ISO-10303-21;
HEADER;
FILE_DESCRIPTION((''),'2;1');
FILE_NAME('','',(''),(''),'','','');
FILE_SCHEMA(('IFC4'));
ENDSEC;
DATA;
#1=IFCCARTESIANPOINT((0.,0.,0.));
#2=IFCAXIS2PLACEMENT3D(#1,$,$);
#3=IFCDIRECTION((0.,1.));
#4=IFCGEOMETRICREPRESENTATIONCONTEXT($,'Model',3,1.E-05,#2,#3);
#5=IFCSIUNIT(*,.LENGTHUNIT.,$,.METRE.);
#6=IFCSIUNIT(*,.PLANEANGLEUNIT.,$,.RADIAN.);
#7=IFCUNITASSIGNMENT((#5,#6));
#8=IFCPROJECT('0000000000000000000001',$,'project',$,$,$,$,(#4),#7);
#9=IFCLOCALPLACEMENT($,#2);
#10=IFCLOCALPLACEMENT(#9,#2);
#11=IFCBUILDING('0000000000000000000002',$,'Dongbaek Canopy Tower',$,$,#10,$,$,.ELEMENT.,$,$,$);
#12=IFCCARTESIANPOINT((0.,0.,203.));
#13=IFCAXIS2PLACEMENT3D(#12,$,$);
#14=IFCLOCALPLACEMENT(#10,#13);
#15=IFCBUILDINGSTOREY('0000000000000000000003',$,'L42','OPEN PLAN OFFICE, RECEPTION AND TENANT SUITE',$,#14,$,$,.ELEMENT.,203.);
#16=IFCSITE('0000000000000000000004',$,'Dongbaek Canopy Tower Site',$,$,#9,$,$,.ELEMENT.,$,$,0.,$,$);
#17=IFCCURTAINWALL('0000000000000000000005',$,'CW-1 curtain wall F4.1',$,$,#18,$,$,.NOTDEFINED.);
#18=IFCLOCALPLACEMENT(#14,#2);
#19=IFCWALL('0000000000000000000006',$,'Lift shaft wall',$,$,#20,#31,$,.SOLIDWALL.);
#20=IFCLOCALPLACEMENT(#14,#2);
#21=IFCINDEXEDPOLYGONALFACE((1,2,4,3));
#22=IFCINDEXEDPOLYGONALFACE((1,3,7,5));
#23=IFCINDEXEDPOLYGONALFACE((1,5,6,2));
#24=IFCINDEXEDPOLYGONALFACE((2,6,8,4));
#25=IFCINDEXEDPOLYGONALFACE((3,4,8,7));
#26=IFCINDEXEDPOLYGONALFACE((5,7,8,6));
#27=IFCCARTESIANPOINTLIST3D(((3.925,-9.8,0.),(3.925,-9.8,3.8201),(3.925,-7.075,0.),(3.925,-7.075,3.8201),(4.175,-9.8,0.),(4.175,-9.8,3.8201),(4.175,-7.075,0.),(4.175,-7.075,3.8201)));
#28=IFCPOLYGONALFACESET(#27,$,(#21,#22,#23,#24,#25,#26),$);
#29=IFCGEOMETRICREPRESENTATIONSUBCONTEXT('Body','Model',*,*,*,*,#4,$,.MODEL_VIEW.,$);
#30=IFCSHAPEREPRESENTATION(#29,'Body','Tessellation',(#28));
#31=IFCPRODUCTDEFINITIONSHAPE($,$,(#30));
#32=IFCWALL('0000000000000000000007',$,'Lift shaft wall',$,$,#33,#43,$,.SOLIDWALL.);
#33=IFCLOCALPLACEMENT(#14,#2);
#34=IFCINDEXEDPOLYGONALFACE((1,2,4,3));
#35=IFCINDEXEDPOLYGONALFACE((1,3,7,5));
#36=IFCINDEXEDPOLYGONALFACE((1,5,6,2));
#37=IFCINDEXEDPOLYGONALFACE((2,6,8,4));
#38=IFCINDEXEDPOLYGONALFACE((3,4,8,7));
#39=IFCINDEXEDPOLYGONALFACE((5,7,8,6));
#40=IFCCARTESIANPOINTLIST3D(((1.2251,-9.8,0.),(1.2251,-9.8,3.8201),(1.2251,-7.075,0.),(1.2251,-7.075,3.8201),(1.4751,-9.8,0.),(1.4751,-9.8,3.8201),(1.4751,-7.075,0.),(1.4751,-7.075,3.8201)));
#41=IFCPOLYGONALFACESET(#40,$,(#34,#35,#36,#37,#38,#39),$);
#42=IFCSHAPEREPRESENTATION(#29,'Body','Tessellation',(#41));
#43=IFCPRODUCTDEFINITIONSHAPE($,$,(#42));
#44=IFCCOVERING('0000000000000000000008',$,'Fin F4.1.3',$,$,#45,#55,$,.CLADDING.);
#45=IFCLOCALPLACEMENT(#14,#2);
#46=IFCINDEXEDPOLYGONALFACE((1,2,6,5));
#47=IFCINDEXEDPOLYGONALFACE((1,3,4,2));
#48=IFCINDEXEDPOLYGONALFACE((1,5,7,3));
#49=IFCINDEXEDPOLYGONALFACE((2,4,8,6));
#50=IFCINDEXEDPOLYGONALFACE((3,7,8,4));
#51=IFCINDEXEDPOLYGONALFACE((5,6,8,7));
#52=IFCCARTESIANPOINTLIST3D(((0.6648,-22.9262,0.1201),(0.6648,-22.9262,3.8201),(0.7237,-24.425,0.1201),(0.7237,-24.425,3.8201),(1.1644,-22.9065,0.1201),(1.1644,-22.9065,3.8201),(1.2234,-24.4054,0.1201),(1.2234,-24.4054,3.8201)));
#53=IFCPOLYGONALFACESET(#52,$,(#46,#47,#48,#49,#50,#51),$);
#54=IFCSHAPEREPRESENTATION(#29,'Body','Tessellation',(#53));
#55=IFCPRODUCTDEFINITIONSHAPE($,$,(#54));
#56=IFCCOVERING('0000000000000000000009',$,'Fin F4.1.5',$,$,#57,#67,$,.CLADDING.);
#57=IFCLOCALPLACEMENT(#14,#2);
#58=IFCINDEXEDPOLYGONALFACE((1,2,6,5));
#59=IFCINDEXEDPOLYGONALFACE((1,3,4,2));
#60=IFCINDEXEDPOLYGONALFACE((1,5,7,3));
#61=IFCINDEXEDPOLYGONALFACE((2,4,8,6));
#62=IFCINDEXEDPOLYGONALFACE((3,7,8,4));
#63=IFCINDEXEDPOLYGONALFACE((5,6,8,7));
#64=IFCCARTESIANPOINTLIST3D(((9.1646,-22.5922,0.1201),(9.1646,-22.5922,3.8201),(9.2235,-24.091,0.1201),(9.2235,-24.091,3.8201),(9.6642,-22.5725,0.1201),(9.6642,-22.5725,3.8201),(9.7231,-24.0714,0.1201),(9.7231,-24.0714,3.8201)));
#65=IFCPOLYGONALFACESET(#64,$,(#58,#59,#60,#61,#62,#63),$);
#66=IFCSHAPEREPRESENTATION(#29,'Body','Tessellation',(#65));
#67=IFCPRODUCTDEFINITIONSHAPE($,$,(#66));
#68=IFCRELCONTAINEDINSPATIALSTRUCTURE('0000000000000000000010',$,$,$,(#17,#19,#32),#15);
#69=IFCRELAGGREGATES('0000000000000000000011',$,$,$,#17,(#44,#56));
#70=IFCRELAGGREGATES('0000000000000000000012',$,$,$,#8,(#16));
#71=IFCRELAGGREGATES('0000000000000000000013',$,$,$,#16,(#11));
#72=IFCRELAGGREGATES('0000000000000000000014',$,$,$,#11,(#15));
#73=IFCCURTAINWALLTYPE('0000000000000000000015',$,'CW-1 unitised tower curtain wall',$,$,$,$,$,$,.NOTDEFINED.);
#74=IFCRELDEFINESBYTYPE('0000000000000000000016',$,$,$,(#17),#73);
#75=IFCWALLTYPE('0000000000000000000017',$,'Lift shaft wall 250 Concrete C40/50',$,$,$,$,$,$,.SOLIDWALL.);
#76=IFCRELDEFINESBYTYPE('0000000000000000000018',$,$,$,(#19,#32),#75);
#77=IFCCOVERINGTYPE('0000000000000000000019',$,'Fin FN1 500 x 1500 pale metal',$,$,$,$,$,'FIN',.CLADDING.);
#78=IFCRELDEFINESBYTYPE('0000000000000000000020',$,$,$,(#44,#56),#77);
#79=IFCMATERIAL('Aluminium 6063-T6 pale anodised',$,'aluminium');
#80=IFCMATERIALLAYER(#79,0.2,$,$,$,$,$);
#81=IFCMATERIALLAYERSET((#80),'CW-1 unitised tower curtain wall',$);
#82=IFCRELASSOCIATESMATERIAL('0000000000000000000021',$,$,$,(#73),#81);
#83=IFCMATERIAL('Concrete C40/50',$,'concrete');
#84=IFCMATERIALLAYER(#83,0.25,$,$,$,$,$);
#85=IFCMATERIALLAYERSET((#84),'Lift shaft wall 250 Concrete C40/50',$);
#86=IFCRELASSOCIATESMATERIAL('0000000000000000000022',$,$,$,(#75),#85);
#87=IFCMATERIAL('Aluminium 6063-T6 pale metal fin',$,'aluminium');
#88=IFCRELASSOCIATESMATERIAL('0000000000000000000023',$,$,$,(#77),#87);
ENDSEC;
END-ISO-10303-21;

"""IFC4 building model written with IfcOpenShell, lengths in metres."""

from ifc_helpers import new_model, si_unit, direction, frame, frame_2d, origin, origin_2d, place, context, subcontext, project, spatial, rectangle, extrude, material, layer, layer_set, material_profile, profile_set, type_object, element, aggregate, save


model = new_model("IFC4")

# Units and contexts
model_context = context("Model", 3, precision=1e-05, world=origin(), true_north=direction((0.0, 1.0)))
body_context = subcontext(model_context, "Body", "Model", "MODEL_VIEW")
ifc_project = project(units=[si_unit("LENGTHUNIT", "METRE"), si_unit("PLANEANGLEUNIT", "RADIAN")], contexts=[model_context])

# Site, building, storey
site_placement = place(None, origin())
site = spatial("IfcSite", under=ifc_project, at=site_placement, Name="Dongbaek Canopy Tower Site", CompositionType="ELEMENT", RefElevation=0.0)
building_placement = place(site_placement, origin())
building = spatial("IfcBuilding", under=site, at=building_placement, Name="Dongbaek Canopy Tower", CompositionType="ELEMENT")
storey_placement = place(building_placement, frame((0.0, 0.0, 203.0)))
storey = spatial("IfcBuildingStorey", under=building, at=storey_placement, Name="L42", Description="OPEN PLAN OFFICE, RECEPTION AND TENANT SUITE", CompositionType="ELEMENT", Elevation=203.0)

# Curtain wall
ifc_material_1 = material(Name="Aluminium 6063-T6 pale anodised", Category="aluminium")
ifc_layer_1 = layer(ifc_material_1, 0.2)
ifc_layer_set_1 = layer_set([ifc_layer_1], Name="CW-1 unitised tower curtain wall")
curtain_wall_type = type_object("IfcCurtainWallType", Name="CW-1 unitised tower curtain wall", PredefinedType="NOTDEFINED", material=ifc_layer_set_1)
curtain_wall_1_placement = place(storey_placement, origin())
curtain_wall_1 = element("IfcCurtainWall", 1, at=curtain_wall_1_placement, inside=storey, type_object=curtain_wall_type, Name="CW-1 curtain wall F4.1", PredefinedType="NOTDEFINED")

# Walls
ifc_material_2 = material(Name="Concrete C40/50", Category="concrete")
ifc_layer_2 = layer(ifc_material_2, 0.25)
ifc_layer_set_2 = layer_set([ifc_layer_2], Name="Lift shaft wall 250 Concrete C40/50")
wall_type_1 = type_object("IfcWallType", Name="Lift shaft wall 250 Concrete C40/50", PredefinedType="SOLIDWALL", material=ifc_layer_set_2)
for number, where, z_axis, x_axis, name in (
    (2, (4.05, -9.8, 0.0), (0.0, 0.0, 1.0), (0.0, 1.0, 0.0), "Lift shaft wall"),
    (3, (1.3501, -9.8, 0.0), (0.0, 0.0, 1.0), (0.0, 1.0, 0.0), "Lift shaft wall"),
):
    element("IfcWall", number, at=place(storey_placement, frame(where, z_axis=z_axis, x_axis=x_axis)), inside=storey, type_object=wall_type_1, Name=name, PredefinedType="SOLIDWALL", context=body_context, shape_type="SweptSolid", body=[
        extrude(rectangle(XDim=2.7251, YDim=0.25, at=frame_2d((1.3625, 0.0))), origin(), (0.0, 0.0, 1.0), 3.8201),
    ])

# Coverings
ifc_material_3 = material(Name="Aluminium 6063-T6 pale metal fin", Category="aluminium")
ifc_material_profile_1 = material_profile(ifc_material_3, rectangle(XDim=1.5, YDim=0.5, at=origin_2d()), Name="Fin FN1 500 x 1500 pale metal")
ifc_profile_set_1 = profile_set([ifc_material_profile_1], Name="Aluminium 6063-T6 pale metal fin")
covering_type = type_object("IfcCoveringType", Name="Fin FN1 500 x 1500 pale metal", ElementType="FIN", PredefinedType="CLADDING", material=ifc_profile_set_1)
covering_1_placement = place(storey_placement, frame((0.9441, -23.6658, 0.1201), z_axis=(0.0, 0.0, 1.0), x_axis=(0.039276, -0.999228, 0.0)))
covering_1 = element("IfcCovering", 4, at=covering_1_placement, type_object=covering_type, Name="Fin F4.1.3", PredefinedType="CLADDING", context=body_context, shape_type="SweptSolid", body=[
    extrude(rectangle(XDim=1.5, YDim=0.5, at=origin_2d()), origin(), (0.0, 0.0, 1.0), 3.7),
])
covering_2_placement = place(storey_placement, frame((9.4438, -23.3318, 0.1201), z_axis=(0.0, 0.0, 1.0), x_axis=(0.039276, -0.999228, 0.0)))
covering_2 = element("IfcCovering", 5, at=covering_2_placement, type_object=covering_type, Name="Fin F4.1.5", PredefinedType="CLADDING", context=body_context, shape_type="SweptSolid", body=[
    extrude(rectangle(XDim=1.5, YDim=0.5, at=origin_2d()), origin(), (0.0, 0.0, 1.0), 3.7),
])
aggregate(curtain_wall_1, [covering_1, covering_2])

save(model, "model.ifc")
